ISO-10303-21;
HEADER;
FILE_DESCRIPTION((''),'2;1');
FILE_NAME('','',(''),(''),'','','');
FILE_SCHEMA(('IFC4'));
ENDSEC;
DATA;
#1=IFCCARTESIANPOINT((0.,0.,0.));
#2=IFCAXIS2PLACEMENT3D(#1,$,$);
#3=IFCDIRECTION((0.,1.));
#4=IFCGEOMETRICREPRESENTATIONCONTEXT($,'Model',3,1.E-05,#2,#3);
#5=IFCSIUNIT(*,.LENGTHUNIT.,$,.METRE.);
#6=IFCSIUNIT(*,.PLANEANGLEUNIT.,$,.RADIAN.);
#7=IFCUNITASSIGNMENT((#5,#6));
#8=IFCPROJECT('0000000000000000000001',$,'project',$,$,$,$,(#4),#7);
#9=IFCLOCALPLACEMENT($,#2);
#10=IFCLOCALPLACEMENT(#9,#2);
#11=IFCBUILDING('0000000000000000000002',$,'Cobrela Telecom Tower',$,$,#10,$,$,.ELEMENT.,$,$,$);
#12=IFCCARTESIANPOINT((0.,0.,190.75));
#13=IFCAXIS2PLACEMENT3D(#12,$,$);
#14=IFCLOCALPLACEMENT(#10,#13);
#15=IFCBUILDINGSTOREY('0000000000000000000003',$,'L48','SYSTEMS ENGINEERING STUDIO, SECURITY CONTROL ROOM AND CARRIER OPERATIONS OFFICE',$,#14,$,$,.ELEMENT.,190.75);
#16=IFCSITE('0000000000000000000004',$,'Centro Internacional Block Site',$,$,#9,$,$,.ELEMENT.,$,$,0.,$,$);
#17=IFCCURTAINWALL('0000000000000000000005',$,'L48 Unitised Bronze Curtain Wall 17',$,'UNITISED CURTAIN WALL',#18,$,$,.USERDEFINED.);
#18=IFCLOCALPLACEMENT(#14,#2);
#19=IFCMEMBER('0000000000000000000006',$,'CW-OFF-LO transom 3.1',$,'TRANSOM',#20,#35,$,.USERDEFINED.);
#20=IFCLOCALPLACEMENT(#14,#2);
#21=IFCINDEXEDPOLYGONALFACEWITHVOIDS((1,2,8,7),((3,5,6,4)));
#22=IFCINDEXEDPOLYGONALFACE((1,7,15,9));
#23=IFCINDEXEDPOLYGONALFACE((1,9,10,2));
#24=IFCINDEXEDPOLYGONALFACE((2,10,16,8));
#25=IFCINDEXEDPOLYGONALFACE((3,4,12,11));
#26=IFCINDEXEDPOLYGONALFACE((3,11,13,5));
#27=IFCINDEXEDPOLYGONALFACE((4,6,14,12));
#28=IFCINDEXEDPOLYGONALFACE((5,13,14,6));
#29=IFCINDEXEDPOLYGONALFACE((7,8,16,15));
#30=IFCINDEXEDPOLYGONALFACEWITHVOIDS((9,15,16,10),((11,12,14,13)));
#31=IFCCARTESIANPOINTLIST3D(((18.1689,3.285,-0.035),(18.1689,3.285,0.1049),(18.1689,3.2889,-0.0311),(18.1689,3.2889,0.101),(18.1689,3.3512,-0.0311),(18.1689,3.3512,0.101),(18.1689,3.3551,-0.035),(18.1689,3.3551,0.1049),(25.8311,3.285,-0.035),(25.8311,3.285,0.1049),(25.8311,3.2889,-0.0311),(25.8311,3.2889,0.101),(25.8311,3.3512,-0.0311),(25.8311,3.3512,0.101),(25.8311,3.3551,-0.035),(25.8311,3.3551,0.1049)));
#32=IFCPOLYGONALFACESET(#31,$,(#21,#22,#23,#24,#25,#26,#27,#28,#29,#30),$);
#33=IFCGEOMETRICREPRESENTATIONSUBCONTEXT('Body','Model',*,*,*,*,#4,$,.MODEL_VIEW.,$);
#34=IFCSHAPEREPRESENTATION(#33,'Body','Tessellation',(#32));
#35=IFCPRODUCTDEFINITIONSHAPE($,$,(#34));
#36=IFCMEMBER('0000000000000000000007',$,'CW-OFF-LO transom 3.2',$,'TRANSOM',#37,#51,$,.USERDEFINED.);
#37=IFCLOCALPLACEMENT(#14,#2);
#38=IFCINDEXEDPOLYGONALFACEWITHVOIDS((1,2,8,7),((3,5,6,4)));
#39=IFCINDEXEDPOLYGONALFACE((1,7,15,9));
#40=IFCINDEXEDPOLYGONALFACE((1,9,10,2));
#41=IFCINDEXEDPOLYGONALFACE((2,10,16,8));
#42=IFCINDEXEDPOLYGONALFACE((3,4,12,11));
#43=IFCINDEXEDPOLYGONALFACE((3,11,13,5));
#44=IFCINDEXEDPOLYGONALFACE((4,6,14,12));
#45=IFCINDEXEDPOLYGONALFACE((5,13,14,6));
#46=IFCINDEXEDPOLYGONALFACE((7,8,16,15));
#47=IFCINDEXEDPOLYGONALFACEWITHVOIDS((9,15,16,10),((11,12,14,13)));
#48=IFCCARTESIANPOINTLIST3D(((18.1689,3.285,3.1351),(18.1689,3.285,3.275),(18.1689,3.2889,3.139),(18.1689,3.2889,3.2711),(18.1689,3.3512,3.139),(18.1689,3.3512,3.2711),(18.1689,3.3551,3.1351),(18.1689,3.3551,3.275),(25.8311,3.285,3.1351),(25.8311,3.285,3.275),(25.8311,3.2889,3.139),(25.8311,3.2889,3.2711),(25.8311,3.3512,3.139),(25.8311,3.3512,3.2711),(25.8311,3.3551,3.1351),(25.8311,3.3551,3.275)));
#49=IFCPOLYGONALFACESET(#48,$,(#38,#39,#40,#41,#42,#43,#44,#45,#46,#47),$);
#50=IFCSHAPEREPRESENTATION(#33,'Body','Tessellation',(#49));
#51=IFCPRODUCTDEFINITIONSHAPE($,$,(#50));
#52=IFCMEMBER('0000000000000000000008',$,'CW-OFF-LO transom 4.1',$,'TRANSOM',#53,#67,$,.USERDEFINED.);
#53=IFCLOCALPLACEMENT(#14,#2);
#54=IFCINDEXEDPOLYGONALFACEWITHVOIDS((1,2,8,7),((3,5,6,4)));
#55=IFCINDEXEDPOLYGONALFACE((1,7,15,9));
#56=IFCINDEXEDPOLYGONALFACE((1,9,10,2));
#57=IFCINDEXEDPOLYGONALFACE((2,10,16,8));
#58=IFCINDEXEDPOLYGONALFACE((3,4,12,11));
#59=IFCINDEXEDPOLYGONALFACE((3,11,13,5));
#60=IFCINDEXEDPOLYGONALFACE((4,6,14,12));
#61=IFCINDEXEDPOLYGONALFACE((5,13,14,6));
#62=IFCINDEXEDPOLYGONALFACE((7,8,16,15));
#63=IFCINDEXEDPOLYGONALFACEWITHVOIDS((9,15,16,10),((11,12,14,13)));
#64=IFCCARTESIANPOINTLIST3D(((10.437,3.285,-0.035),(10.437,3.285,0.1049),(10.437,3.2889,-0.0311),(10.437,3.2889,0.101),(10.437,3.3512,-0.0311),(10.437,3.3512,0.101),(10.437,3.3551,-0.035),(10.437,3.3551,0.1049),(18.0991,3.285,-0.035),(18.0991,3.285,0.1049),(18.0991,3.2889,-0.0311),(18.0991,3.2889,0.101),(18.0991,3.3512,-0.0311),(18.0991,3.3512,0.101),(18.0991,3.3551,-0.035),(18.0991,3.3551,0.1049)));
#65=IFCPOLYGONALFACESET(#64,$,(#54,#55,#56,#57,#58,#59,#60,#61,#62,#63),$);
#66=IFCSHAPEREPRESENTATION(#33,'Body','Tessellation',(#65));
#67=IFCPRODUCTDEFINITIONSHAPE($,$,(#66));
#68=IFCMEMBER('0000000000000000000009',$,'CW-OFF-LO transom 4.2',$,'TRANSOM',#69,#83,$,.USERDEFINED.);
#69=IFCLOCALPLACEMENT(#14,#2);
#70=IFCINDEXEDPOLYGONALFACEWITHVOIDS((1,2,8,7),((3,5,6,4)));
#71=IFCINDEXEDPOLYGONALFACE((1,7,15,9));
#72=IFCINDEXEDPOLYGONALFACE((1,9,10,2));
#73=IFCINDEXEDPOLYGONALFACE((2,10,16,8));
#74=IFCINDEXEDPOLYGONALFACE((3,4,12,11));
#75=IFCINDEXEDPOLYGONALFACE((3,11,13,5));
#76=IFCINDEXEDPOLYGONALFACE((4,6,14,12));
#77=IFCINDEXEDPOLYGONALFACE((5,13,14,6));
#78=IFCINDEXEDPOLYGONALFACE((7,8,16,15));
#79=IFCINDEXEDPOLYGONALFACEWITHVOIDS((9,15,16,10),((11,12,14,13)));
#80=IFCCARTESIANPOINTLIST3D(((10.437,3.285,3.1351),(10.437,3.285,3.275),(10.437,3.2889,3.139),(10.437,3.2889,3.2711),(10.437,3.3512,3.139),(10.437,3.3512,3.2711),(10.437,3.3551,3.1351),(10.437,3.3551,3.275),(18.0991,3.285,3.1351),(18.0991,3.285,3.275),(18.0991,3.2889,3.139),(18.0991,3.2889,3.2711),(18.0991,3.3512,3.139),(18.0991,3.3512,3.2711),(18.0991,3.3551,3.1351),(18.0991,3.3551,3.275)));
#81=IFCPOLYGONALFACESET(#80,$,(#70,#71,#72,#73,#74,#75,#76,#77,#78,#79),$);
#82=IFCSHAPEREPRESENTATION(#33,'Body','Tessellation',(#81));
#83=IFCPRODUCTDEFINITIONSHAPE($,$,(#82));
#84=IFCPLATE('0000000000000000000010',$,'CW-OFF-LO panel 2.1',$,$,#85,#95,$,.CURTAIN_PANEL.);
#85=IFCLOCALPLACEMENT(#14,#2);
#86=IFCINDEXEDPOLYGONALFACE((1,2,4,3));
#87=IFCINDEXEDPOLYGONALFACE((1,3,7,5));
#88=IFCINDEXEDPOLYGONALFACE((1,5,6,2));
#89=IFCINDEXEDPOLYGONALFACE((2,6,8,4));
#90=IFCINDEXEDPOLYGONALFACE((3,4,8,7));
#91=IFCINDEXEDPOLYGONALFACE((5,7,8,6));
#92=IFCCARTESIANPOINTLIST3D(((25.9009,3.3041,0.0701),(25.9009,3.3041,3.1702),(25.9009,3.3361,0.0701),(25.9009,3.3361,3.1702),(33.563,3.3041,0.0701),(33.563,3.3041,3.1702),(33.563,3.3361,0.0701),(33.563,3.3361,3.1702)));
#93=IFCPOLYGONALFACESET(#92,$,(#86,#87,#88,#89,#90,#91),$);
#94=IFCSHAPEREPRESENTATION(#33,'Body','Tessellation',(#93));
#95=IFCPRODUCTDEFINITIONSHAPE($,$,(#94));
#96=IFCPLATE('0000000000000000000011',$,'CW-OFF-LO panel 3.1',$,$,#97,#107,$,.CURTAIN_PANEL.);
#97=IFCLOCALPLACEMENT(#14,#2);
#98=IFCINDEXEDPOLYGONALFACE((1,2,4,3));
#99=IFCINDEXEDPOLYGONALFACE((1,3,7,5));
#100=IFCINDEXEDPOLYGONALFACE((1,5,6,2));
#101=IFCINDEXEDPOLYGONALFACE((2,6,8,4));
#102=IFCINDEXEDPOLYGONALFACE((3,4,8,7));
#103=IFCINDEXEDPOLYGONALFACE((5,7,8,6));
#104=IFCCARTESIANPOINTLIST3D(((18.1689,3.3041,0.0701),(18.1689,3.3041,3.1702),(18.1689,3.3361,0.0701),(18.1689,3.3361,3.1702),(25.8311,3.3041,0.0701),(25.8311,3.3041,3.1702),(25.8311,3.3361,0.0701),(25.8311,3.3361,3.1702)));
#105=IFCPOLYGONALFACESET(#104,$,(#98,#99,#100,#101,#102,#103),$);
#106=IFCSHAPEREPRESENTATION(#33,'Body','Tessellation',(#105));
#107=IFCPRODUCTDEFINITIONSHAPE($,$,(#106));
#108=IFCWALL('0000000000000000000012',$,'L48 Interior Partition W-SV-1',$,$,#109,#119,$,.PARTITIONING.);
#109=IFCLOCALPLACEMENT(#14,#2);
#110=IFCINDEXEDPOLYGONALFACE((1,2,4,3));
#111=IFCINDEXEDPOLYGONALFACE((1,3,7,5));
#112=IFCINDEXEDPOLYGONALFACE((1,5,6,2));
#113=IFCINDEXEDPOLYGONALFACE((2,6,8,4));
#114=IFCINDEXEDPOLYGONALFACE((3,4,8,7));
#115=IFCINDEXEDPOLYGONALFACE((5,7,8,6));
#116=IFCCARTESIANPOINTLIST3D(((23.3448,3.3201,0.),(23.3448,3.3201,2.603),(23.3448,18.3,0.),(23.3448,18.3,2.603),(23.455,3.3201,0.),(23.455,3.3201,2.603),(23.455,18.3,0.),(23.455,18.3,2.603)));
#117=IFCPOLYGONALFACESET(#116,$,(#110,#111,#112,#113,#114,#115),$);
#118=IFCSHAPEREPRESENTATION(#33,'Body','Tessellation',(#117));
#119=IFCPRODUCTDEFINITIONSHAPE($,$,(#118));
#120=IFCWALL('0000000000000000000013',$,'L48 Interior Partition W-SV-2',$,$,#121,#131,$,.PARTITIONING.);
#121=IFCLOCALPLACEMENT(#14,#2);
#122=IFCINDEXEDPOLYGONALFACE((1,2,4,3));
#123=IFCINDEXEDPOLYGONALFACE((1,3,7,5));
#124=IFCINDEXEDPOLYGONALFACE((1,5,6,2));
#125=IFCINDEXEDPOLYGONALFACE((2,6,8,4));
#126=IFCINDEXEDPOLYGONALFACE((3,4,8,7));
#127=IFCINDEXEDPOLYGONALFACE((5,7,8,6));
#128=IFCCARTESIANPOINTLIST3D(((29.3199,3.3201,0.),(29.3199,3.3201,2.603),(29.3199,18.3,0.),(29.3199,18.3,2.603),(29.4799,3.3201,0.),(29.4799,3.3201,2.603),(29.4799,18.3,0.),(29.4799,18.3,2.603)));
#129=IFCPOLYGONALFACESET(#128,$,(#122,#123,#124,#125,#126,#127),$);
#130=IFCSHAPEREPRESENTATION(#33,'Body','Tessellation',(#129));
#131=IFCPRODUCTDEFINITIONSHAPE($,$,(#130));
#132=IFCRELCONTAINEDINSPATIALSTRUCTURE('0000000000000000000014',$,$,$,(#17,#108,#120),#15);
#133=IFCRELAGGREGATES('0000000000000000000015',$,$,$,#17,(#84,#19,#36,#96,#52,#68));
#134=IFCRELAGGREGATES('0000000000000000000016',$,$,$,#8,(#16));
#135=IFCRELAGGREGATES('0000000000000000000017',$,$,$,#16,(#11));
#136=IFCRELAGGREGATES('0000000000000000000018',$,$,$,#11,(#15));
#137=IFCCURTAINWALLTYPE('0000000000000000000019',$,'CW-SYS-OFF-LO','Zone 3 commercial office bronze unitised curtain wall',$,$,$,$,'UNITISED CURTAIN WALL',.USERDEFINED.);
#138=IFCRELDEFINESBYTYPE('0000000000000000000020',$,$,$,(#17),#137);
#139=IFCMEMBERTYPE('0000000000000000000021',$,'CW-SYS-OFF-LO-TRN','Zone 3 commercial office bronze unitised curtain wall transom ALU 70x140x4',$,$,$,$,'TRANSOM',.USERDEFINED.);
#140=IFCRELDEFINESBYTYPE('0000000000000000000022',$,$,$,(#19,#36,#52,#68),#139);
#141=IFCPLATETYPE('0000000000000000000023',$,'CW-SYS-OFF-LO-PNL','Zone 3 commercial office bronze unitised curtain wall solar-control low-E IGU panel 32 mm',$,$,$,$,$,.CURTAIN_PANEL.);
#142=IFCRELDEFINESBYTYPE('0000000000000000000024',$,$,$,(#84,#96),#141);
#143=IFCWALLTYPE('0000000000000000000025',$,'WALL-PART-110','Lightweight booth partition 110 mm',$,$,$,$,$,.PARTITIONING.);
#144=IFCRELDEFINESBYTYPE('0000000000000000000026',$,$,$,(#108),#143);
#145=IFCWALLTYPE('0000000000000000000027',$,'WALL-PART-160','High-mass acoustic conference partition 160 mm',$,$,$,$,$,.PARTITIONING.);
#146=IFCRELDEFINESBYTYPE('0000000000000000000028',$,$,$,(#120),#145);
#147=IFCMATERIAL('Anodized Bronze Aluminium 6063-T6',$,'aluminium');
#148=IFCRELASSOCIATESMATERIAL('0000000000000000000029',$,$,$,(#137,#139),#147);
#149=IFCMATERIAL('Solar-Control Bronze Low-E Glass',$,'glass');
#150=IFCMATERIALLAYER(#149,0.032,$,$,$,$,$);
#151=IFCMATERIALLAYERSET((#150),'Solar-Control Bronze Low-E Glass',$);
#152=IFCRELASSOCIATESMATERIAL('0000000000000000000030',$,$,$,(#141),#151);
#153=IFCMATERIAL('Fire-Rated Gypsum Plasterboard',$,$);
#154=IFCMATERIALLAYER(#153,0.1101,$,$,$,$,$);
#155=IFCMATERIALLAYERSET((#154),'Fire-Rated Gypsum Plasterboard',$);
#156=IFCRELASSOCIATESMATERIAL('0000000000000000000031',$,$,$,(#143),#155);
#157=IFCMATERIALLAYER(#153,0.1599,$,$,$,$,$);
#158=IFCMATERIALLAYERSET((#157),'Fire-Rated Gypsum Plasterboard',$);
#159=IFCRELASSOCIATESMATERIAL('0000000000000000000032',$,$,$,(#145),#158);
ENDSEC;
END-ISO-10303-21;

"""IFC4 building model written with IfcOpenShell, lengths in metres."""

from ifc_helpers import new_model, si_unit, direction, frame, frame_2d, origin, origin_2d, place, context, subcontext, project, spatial, rectangle, hollow_rectangle, extrude, material, layer, layer_set, material_profile, profile_set, type_object, element, aggregate, save


model = new_model("IFC4")

# Units and contexts
model_context = context("Model", 3, precision=1e-05, world=origin(), true_north=direction((0.0, 1.0)))
body_context = subcontext(model_context, "Body", "Model", "MODEL_VIEW")
ifc_project = project(units=[si_unit("LENGTHUNIT", "METRE"), si_unit("PLANEANGLEUNIT", "RADIAN")], contexts=[model_context])

# Site, building, storey
site_placement = place(None, origin())
site = spatial("IfcSite", under=ifc_project, at=site_placement, Name="Centro Internacional Block Site", CompositionType="ELEMENT", RefElevation=0.0)
building_placement = place(site_placement, origin())
building = spatial("IfcBuilding", under=site, at=building_placement, Name="Cobrela Telecom Tower", CompositionType="ELEMENT")
storey_placement = place(building_placement, frame((0.0, 0.0, 190.75)))
storey = spatial("IfcBuildingStorey", under=building, at=storey_placement, Name="L48", Description="SYSTEMS ENGINEERING STUDIO, SECURITY CONTROL ROOM AND CARRIER OPERATIONS OFFICE", CompositionType="ELEMENT", Elevation=190.75)

# Curtain wall, members, plates
ifc_material_1 = material(Name="Anodized Bronze Aluminium 6063-T6", Category="aluminium")
curtain_wall_type = type_object("IfcCurtainWallType", Name="CW-SYS-OFF-LO", Description="Zone 3 commercial office bronze unitised curtain wall", ElementType="UNITISED CURTAIN WALL", PredefinedType="USERDEFINED", material=ifc_material_1)
curtain_wall_placement = place(storey_placement, origin())
curtain_wall = element("IfcCurtainWall", 1, at=curtain_wall_placement, inside=storey, type_object=curtain_wall_type, Name="L48 Unitised Bronze Curtain Wall 17", ObjectType="UNITISED CURTAIN WALL", PredefinedType="USERDEFINED")
ifc_material_profile_1 = material_profile(ifc_material_1, hollow_rectangle(XDim=0.0701, YDim=0.1399, WallThickness=0.0039, at=origin_2d()), Name="ALU 70x140x4")
ifc_profile_set_1 = profile_set([ifc_material_profile_1], Name="Anodized Bronze Aluminium 6063-T6")
member_type_1 = type_object("IfcMemberType", Name="CW-SYS-OFF-LO-TRN", Description="Zone 3 commercial office bronze unitised curtain wall transom ALU 70x140x4", ElementType="TRANSOM", PredefinedType="USERDEFINED", material=ifc_profile_set_1)
member_1_placement = place(storey_placement, frame((25.8311, 3.3201, 0.0349), z_axis=(-1.0, 0.0, 0.0), x_axis=(0.0, -1.0, 0.0)))
member_1 = element("IfcMember", 2, at=member_1_placement, type_object=member_type_1, Name="CW-OFF-LO transom 3.1", ObjectType="TRANSOM", PredefinedType="USERDEFINED", context=body_context, shape_type="SweptSolid", body=[
    extrude(hollow_rectangle(XDim=0.0701, YDim=0.1399, WallThickness=0.0039, at=origin_2d()), origin(), (0.0, 0.0, 1.0), 7.6621),
])
member_2_placement = place(storey_placement, frame((25.8311, 3.3201, 3.2051), z_axis=(-1.0, 0.0, 0.0), x_axis=(0.0, -1.0, 0.0)))
member_2 = element("IfcMember", 3, at=member_2_placement, type_object=member_type_1, Name="CW-OFF-LO transom 3.2", ObjectType="TRANSOM", PredefinedType="USERDEFINED", context=body_context, shape_type="SweptSolid", body=[
    extrude(hollow_rectangle(XDim=0.0701, YDim=0.1399, WallThickness=0.0039, at=origin_2d()), origin(), (0.0, 0.0, 1.0), 7.6621),
])
member_3_placement = place(storey_placement, frame((18.0991, 3.3201, 0.0349), z_axis=(-1.0, 0.0, 0.0), x_axis=(0.0, -1.0, 0.0)))
member_3 = element("IfcMember", 4, at=member_3_placement, type_object=member_type_1, Name="CW-OFF-LO transom 4.1", ObjectType="TRANSOM", PredefinedType="USERDEFINED", context=body_context, shape_type="SweptSolid", body=[
    extrude(hollow_rectangle(XDim=0.0701, YDim=0.1399, WallThickness=0.0039, at=origin_2d()), origin(), (0.0, 0.0, 1.0), 7.6621),
])
member_4_placement = place(storey_placement, frame((18.0991, 3.3201, 3.2051), z_axis=(-1.0, 0.0, 0.0), x_axis=(0.0, -1.0, 0.0)))
member_4 = element("IfcMember", 5, at=member_4_placement, type_object=member_type_1, Name="CW-OFF-LO transom 4.2", ObjectType="TRANSOM", PredefinedType="USERDEFINED", context=body_context, shape_type="SweptSolid", body=[
    extrude(hollow_rectangle(XDim=0.0701, YDim=0.1399, WallThickness=0.0039, at=origin_2d()), origin(), (0.0, 0.0, 1.0), 7.6621),
])
ifc_material_2 = material(Name="Solar-Control Bronze Low-E Glass", Category="glass")
ifc_layer_1 = layer(ifc_material_2, 0.032)
ifc_layer_set_1 = layer_set([ifc_layer_1], Name="Solar-Control Bronze Low-E Glass")
plate_type = type_object("IfcPlateType", Name="CW-SYS-OFF-LO-PNL", Description="Zone 3 commercial office bronze unitised curtain wall solar-control low-E IGU panel 32 mm", PredefinedType="CURTAIN_PANEL", material=ifc_layer_set_1)
plate_1_placement = place(storey_placement, frame((29.7319, 3.3201, 0.0701), z_axis=(0.0, 0.0, 1.0), x_axis=(-1.0, 0.0, 0.0)))
plate_1 = element("IfcPlate", 6, at=plate_1_placement, type_object=plate_type, Name="CW-OFF-LO panel 2.1", PredefinedType="CURTAIN_PANEL", context=body_context, shape_type="SweptSolid", body=[
    extrude(rectangle(XDim=7.6621, YDim=0.032, at=origin_2d()), origin(), (0.0, 0.0, 1.0), 3.1001),
])
plate_2_placement = place(storey_placement, frame((22.0, 3.3201, 0.0701), z_axis=(0.0, 0.0, 1.0), x_axis=(-1.0, 0.0, 0.0)))
plate_2 = element("IfcPlate", 7, at=plate_2_placement, type_object=plate_type, Name="CW-OFF-LO panel 3.1", PredefinedType="CURTAIN_PANEL", context=body_context, shape_type="SweptSolid", body=[
    extrude(rectangle(XDim=7.6621, YDim=0.032, at=origin_2d()), origin(), (0.0, 0.0, 1.0), 3.1001),
])
aggregate(curtain_wall, [plate_1, member_1, member_2, plate_2, member_3, member_4])

# Walls
ifc_material_3 = material(Name="Fire-Rated Gypsum Plasterboard")
ifc_layer_2 = layer(ifc_material_3, 0.1101)
ifc_layer_set_2 = layer_set([ifc_layer_2], Name="Fire-Rated Gypsum Plasterboard")
wall_type_1 = type_object("IfcWallType", Name="WALL-PART-110", Description="Lightweight booth partition 110 mm", PredefinedType="PARTITIONING", material=ifc_layer_set_2)
wall_1_placement = place(storey_placement, frame((23.3999, 3.3201, 0.0), z_axis=(0.0, 0.0, 1.0), x_axis=(0.0, 1.0, 0.0)))
element("IfcWall", 8, at=wall_1_placement, inside=storey, type_object=wall_type_1, Name="L48 Interior Partition W-SV-1", PredefinedType="PARTITIONING", context=body_context, shape_type="SweptSolid", body=[
    extrude(rectangle(XDim=14.98, YDim=0.1101, at=frame_2d((7.49, 0.0))), origin(), (0.0, 0.0, 1.0), 2.603),
])
ifc_layer_3 = layer(ifc_material_3, 0.1599)
ifc_layer_set_3 = layer_set([ifc_layer_3], Name="Fire-Rated Gypsum Plasterboard")
wall_type_2 = type_object("IfcWallType", Name="WALL-PART-160", Description="High-mass acoustic conference partition 160 mm", PredefinedType="PARTITIONING", material=ifc_layer_set_3)
wall_2_placement = place(storey_placement, frame((29.3999, 3.3201, 0.0), z_axis=(0.0, 0.0, 1.0), x_axis=(0.0, 1.0, 0.0)))
element("IfcWall", 9, at=wall_2_placement, inside=storey, type_object=wall_type_2, Name="L48 Interior Partition W-SV-2", PredefinedType="PARTITIONING", context=body_context, shape_type="SweptSolid", body=[
    extrude(rectangle(XDim=14.98, YDim=0.1599, at=frame_2d((7.49, 0.0))), origin(), (0.0, 0.0, 1.0), 2.603),
])

save(model, "model.ifc")
